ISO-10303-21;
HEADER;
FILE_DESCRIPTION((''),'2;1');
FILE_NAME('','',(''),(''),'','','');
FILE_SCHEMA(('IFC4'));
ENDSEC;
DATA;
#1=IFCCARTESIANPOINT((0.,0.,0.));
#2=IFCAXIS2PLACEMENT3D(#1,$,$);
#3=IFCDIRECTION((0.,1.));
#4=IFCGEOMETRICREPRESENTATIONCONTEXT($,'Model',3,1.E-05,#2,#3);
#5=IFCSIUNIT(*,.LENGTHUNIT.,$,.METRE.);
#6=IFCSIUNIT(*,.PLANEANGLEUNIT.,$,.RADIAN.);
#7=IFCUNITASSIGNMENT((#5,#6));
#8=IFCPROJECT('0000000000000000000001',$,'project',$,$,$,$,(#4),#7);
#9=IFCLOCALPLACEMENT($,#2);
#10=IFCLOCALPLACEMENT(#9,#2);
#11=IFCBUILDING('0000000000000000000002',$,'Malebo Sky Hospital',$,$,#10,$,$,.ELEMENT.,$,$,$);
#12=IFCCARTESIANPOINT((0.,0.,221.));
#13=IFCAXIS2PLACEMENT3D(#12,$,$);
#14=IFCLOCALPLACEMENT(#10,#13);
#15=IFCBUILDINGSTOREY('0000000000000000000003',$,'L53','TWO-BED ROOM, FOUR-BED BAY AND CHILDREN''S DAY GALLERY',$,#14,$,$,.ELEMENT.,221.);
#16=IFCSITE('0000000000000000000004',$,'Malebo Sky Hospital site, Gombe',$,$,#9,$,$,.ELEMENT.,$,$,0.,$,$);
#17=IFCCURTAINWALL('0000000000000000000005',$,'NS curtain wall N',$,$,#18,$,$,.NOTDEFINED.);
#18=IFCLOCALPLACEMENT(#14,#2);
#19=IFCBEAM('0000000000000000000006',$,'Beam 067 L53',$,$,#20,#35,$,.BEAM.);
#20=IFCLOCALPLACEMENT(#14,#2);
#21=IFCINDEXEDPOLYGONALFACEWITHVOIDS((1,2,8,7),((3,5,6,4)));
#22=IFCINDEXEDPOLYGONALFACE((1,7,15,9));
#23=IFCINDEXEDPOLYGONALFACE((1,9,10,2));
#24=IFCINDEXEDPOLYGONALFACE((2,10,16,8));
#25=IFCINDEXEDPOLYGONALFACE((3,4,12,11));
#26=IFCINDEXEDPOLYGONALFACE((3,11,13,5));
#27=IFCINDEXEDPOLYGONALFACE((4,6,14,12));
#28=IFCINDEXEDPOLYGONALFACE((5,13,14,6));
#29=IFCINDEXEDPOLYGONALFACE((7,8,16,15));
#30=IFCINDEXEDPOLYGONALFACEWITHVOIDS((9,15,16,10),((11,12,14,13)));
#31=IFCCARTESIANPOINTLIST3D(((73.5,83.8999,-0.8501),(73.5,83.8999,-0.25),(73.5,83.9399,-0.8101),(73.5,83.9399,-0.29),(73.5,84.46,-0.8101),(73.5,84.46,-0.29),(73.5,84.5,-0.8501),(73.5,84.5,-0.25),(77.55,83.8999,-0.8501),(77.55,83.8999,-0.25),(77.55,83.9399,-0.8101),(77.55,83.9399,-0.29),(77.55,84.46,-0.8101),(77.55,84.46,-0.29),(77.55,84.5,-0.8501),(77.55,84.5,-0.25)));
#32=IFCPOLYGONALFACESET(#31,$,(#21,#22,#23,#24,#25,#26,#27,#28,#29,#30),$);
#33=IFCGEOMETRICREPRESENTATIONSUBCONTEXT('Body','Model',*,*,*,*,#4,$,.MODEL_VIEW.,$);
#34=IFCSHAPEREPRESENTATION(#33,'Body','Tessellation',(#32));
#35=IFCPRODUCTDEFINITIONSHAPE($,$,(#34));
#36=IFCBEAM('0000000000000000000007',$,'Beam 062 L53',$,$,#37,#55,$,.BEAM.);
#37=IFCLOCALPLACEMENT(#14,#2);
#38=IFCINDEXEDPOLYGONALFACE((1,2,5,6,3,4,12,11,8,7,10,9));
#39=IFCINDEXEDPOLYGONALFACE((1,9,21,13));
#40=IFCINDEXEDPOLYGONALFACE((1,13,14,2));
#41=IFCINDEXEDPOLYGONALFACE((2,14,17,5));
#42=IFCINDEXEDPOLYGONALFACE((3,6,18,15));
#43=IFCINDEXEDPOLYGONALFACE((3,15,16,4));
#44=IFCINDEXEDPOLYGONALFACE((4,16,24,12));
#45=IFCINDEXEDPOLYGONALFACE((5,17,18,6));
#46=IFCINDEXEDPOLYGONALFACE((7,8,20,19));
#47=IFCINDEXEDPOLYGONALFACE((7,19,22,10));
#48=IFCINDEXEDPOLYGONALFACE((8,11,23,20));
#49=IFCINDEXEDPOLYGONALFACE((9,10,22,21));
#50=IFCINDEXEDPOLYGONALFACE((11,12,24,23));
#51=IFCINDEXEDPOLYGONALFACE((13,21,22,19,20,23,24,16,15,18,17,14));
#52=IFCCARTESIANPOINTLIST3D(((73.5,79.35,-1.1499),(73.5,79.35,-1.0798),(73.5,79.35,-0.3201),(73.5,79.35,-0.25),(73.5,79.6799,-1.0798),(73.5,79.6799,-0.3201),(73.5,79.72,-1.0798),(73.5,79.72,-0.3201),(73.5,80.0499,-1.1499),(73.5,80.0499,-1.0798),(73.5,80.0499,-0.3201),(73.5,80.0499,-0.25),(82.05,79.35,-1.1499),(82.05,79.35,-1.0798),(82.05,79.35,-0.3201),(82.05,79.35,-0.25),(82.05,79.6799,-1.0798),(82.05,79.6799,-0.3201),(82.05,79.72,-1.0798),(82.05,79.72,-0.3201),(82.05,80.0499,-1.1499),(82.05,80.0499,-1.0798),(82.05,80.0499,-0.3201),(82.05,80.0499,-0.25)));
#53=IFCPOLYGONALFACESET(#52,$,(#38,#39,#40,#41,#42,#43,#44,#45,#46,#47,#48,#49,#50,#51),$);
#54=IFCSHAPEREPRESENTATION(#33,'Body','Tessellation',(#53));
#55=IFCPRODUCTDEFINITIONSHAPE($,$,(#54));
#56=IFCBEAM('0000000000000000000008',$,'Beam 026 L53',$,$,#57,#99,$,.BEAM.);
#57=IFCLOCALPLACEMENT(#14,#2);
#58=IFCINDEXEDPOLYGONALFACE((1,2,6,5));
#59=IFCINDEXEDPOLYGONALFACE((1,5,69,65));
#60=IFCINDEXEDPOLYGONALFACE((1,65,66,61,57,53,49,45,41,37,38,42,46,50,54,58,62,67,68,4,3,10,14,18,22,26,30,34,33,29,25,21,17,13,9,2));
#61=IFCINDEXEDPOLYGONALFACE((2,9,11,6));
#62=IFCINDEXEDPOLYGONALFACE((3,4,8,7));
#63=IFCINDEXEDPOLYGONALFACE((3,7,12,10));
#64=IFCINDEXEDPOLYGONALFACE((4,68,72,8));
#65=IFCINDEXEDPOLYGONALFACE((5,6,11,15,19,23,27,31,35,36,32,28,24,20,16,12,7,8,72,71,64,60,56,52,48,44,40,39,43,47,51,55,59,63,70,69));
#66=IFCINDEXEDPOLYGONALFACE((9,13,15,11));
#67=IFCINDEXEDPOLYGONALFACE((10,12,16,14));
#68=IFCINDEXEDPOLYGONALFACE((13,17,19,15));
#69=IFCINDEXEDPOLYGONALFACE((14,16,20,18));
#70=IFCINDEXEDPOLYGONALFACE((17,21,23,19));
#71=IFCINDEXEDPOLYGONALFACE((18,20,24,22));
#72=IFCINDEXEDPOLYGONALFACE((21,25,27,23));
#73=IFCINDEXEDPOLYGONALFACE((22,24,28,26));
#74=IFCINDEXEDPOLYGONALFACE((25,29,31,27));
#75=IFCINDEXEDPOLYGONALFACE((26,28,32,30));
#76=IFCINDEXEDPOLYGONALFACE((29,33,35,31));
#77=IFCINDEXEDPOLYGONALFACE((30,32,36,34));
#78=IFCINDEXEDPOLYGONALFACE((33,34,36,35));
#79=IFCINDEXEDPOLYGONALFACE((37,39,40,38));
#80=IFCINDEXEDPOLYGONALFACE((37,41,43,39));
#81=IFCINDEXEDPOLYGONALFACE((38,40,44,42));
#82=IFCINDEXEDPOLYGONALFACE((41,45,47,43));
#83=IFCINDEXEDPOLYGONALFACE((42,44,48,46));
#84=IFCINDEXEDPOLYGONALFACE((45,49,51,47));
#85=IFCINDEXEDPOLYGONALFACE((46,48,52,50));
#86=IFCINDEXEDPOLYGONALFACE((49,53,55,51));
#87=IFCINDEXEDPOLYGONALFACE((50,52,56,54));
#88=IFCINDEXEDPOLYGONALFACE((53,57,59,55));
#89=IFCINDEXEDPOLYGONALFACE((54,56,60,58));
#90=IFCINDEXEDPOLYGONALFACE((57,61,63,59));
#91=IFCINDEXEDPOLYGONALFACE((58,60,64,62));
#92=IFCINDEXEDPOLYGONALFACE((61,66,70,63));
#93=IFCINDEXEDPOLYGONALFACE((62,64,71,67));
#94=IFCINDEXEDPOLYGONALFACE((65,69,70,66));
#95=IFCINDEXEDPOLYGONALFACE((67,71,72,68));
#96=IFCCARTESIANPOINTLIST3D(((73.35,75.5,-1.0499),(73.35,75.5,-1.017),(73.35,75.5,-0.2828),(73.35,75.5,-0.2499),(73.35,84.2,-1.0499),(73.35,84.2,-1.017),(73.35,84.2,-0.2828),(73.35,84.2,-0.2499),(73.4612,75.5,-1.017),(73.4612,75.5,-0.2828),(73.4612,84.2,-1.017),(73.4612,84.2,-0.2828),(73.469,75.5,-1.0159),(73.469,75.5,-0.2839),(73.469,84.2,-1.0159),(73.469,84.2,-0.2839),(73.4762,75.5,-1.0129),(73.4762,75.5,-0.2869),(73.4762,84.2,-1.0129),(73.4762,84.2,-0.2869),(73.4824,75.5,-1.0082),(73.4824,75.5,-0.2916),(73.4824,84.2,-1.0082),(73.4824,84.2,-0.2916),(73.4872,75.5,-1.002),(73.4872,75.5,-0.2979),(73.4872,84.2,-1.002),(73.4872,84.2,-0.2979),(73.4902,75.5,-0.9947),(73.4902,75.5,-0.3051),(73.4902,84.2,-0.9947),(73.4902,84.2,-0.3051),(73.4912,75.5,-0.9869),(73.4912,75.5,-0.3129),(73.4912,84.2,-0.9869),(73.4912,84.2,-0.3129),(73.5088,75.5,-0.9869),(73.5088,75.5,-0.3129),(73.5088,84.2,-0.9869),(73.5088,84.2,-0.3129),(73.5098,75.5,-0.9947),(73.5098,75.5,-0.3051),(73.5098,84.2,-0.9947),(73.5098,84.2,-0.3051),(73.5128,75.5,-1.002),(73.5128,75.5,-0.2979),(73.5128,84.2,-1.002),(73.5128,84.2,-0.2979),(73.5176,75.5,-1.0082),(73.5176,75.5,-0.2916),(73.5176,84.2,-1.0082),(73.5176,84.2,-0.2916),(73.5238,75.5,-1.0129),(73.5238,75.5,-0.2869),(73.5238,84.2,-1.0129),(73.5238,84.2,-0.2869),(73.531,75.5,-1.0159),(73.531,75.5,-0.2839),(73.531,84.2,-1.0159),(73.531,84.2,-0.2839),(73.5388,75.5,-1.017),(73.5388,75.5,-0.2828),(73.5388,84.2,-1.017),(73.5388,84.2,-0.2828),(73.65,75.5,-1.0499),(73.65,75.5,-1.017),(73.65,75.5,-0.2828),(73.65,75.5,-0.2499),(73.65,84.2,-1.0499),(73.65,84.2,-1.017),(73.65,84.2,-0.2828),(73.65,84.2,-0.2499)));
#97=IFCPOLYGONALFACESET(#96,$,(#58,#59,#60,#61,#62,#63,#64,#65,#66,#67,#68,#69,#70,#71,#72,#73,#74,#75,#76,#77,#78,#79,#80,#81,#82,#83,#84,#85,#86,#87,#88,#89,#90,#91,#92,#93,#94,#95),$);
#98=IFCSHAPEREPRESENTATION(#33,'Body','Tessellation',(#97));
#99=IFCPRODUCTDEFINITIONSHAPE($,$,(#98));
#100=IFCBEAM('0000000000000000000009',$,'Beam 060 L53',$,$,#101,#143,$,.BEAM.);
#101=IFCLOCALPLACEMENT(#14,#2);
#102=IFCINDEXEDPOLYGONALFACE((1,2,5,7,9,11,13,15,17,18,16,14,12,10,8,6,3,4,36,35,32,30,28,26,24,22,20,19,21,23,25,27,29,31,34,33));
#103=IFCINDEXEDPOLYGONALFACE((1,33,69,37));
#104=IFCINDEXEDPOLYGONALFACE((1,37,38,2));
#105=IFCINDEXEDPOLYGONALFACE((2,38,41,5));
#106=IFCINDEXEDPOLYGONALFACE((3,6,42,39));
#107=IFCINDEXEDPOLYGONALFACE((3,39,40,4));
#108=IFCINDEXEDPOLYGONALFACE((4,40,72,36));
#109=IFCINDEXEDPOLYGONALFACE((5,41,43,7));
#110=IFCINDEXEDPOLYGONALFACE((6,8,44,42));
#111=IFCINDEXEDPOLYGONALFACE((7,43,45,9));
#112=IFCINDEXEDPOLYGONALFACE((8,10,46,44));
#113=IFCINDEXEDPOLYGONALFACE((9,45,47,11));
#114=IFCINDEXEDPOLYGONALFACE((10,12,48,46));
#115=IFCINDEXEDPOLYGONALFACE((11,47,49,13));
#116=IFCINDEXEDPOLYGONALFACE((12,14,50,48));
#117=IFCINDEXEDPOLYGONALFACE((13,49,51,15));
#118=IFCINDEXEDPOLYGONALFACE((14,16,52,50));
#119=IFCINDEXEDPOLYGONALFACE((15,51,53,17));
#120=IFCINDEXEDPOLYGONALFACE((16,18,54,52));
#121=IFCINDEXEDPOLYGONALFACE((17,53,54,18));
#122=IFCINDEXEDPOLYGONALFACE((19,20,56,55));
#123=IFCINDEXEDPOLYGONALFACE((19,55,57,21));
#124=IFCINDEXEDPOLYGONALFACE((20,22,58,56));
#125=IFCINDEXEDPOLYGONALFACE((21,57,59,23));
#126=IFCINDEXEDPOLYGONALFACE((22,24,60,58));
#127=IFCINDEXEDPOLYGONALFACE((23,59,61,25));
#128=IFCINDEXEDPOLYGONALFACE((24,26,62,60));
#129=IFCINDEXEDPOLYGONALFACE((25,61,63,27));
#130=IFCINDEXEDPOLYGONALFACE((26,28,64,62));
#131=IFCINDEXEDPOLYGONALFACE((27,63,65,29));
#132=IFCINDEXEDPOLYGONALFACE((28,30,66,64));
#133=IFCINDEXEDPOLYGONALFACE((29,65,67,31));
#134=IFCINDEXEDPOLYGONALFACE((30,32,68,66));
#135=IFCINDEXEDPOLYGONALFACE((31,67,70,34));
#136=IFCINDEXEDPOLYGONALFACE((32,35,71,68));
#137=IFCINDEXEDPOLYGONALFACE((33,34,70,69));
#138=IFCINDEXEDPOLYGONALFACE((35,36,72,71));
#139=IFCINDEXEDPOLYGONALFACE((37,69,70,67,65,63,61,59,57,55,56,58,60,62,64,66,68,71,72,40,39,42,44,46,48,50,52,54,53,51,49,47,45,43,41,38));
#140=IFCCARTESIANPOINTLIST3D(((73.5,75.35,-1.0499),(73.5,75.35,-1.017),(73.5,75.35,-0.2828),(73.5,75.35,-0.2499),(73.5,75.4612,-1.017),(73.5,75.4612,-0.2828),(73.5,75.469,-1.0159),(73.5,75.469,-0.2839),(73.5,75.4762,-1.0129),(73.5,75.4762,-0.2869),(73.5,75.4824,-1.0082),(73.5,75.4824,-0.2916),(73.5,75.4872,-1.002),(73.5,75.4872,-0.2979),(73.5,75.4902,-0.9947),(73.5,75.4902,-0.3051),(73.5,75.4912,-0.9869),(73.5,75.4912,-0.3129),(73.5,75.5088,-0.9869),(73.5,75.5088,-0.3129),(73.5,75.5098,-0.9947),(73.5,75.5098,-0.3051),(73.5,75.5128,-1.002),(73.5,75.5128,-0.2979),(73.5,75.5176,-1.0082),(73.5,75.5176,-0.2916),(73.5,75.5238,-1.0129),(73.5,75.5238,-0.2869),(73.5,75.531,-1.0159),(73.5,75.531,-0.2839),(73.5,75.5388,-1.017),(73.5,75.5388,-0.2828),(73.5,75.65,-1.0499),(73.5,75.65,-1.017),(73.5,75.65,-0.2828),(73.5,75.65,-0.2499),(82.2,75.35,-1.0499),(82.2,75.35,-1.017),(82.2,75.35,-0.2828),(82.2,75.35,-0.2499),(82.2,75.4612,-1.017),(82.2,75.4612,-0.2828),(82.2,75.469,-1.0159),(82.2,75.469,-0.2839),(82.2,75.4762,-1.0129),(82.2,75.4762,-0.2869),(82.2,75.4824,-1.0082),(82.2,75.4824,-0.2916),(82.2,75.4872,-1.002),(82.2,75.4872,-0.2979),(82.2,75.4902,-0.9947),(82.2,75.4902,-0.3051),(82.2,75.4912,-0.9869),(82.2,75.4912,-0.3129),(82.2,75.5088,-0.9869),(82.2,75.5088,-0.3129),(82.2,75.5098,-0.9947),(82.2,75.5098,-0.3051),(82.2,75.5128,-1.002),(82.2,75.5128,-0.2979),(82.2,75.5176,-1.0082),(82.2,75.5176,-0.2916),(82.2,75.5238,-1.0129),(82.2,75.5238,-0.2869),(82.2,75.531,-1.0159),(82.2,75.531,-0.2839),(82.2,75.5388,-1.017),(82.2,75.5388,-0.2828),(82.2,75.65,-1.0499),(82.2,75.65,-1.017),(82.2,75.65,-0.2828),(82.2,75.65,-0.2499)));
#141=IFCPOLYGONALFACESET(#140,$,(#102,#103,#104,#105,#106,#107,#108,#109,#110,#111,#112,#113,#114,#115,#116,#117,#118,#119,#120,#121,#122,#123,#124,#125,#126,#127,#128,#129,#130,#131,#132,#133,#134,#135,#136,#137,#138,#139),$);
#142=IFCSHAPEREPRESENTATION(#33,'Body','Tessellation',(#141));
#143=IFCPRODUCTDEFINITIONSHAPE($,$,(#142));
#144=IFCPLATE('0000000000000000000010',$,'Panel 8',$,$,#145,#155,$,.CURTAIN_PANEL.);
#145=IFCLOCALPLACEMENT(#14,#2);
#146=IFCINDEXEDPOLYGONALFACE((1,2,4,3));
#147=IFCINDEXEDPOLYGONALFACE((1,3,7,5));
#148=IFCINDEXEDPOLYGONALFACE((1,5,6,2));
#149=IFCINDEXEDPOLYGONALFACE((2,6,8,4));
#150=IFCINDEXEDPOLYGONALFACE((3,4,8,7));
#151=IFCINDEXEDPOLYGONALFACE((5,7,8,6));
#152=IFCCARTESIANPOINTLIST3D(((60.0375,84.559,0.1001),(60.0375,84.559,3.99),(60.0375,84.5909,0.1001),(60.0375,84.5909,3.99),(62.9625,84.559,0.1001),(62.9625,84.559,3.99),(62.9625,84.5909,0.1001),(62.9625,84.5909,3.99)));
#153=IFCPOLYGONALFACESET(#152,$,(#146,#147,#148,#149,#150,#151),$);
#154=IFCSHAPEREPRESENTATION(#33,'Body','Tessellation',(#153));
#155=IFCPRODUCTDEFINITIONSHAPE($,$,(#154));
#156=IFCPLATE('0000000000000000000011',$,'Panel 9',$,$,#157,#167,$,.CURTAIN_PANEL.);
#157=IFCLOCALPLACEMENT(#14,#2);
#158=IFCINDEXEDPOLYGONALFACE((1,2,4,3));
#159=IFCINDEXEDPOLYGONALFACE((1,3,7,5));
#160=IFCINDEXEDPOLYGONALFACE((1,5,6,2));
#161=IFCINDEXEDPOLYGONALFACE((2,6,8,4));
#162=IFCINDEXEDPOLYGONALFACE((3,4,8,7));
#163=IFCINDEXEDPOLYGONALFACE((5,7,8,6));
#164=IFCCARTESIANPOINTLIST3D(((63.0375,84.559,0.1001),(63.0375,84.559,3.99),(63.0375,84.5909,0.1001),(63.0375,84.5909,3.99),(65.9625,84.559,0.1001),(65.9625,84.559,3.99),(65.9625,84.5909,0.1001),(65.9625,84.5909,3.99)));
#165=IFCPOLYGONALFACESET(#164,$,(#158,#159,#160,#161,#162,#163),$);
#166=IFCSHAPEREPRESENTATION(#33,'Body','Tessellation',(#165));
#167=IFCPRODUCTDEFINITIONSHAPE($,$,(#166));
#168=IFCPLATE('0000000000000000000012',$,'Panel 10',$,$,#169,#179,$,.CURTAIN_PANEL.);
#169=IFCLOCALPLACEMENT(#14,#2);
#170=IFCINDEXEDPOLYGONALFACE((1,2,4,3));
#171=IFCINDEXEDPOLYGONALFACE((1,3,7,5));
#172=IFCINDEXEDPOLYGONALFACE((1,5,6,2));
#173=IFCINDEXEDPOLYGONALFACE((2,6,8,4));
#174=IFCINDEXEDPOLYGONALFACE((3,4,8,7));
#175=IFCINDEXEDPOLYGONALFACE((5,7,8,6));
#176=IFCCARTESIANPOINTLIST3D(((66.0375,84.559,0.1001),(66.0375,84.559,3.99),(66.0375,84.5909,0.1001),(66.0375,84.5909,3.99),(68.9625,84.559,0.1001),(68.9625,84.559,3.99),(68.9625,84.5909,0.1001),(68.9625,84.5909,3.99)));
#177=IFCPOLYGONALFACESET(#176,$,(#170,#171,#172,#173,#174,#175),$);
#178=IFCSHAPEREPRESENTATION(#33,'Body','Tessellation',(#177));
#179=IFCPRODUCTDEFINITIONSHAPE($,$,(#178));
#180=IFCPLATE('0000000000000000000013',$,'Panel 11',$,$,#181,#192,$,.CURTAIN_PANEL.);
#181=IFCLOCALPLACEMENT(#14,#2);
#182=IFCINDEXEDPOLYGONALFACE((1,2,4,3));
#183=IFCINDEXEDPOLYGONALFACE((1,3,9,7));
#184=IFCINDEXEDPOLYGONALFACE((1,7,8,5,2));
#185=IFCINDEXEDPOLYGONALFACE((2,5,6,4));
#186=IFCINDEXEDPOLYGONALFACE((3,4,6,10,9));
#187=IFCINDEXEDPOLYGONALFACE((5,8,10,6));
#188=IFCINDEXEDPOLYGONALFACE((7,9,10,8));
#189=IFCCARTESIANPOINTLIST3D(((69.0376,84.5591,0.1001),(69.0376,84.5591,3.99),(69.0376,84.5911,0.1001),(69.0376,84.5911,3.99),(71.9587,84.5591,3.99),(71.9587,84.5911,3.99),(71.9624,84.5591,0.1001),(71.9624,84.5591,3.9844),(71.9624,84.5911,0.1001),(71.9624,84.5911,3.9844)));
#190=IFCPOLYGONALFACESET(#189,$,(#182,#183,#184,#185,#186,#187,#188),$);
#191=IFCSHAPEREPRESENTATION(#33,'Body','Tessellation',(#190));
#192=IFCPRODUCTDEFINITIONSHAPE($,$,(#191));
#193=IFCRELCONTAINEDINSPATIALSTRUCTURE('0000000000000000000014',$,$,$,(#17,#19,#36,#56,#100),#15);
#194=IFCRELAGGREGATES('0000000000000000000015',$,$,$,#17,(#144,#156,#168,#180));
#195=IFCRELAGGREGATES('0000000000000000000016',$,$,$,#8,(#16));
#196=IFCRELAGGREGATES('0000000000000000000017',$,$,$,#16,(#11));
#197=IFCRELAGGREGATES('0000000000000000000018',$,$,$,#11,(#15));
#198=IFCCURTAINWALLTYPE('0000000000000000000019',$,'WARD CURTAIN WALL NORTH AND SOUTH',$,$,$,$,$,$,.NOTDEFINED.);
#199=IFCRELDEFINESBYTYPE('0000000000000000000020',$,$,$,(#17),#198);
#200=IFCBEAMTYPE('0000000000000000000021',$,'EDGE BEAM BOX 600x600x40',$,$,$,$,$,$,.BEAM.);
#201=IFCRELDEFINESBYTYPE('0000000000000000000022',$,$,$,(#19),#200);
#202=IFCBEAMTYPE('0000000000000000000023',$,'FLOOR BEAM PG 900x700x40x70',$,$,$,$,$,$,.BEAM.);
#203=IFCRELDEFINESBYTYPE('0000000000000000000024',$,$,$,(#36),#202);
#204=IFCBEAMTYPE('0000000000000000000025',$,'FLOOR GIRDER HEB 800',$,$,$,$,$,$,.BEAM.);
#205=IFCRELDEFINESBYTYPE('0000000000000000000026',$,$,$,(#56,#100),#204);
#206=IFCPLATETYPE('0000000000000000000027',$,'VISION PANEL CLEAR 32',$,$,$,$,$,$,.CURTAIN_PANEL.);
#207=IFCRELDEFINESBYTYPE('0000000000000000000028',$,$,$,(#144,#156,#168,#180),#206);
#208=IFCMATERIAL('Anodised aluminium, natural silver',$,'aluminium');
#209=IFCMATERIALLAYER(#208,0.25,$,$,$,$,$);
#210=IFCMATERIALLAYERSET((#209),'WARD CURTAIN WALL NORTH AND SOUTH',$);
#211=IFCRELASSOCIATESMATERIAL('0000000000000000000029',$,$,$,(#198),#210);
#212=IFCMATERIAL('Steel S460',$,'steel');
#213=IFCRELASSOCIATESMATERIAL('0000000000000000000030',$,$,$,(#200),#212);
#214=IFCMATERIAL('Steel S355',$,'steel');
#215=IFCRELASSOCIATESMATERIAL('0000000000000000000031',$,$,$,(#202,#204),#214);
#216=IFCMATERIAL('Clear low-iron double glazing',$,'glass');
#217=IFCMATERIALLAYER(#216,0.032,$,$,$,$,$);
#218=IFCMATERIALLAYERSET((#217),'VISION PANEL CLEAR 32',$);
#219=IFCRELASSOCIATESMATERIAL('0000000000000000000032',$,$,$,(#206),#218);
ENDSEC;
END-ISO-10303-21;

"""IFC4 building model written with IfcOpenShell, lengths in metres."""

from ifc_helpers import new_model, si_unit, direction, frame, origin, origin_2d, place, context, subcontext, project, spatial, polyline, rectangle, hollow_rectangle, i_section, outline, extrude, material, layer, layer_set, material_profile, profile_set, type_object, element, aggregate, save


model = new_model("IFC4")

# Units and contexts
model_context = context("Model", 3, precision=1e-05, world=origin(), true_north=direction((0.0, 1.0)))
body_context = subcontext(model_context, "Body", "Model", "MODEL_VIEW")
ifc_project = project(units=[si_unit("LENGTHUNIT", "METRE"), si_unit("PLANEANGLEUNIT", "RADIAN")], contexts=[model_context])

# Site, building, storey
site_placement = place(None, origin())
site = spatial("IfcSite", under=ifc_project, at=site_placement, Name="Malebo Sky Hospital site, Gombe", CompositionType="ELEMENT", RefElevation=0.0)
building_placement = place(site_placement, origin())
building = spatial("IfcBuilding", under=site, at=building_placement, Name="Malebo Sky Hospital", CompositionType="ELEMENT")
storey_placement = place(building_placement, frame((0.0, 0.0, 221.0)))
storey = spatial("IfcBuildingStorey", under=building, at=storey_placement, Name="L53", Description="TWO-BED ROOM, FOUR-BED BAY AND CHILDREN'S DAY GALLERY", CompositionType="ELEMENT", Elevation=221.0)

# Shared definitions
ifc_material_1 = material(Name="Steel S460", Category="steel")

# Curtain wall
ifc_material_2 = material(Name="Anodised aluminium, natural silver", Category="aluminium")
ifc_layer_1 = layer(ifc_material_2, 0.25)
ifc_layer_set_1 = layer_set([ifc_layer_1], Name="WARD CURTAIN WALL NORTH AND SOUTH")
curtain_wall_type = type_object("IfcCurtainWallType", Name="WARD CURTAIN WALL NORTH AND SOUTH", PredefinedType="NOTDEFINED", material=ifc_layer_set_1)
curtain_wall_placement = place(storey_placement, origin())
curtain_wall = element("IfcCurtainWall", 1, at=curtain_wall_placement, inside=storey, type_object=curtain_wall_type, Name="NS curtain wall N", PredefinedType="NOTDEFINED")

# Beams
ifc_material_profile_1 = material_profile(ifc_material_1, hollow_rectangle(XDim=0.6001, YDim=0.6001, WallThickness=0.04, at=origin_2d()), Name="BOX 600x600x40")
ifc_profile_set_1 = profile_set([ifc_material_profile_1], Name="Steel S460")
beam_type_1 = type_object("IfcBeamType", Name="EDGE BEAM BOX 600x600x40", PredefinedType="BEAM", material=ifc_profile_set_1)
beam_1_placement = place(storey_placement, frame((73.5, 84.2, -0.55), z_axis=(1.0, 0.0, 0.0), x_axis=(0.0, 1.0, 0.0)))
element("IfcBeam", 2, at=beam_1_placement, inside=storey, type_object=beam_type_1, Name="Beam 067 L53", PredefinedType="BEAM", context=body_context, shape_type="SweptSolid", body=[
    extrude(hollow_rectangle(XDim=0.6001, YDim=0.6001, WallThickness=0.04, at=origin_2d()), origin(), (0.0, 0.0, 1.0), 4.05),
])
ifc_material_3 = material(Name="Steel S355", Category="steel")
ifc_material_profile_2 = material_profile(ifc_material_3, i_section(OverallWidth=0.7, OverallDepth=0.8999, WebThickness=0.04, FlangeThickness=0.0701, at=origin_2d()), Name="PG 900x700x40x70")
ifc_profile_set_2 = profile_set([ifc_material_profile_2], Name="Steel S355")
beam_type_2 = type_object("IfcBeamType", Name="FLOOR BEAM PG 900x700x40x70", PredefinedType="BEAM", material=ifc_profile_set_2)
beam_2_placement = place(storey_placement, frame((73.5, 79.7, -0.7), z_axis=(1.0, 0.0, 0.0), x_axis=(0.0, 1.0, 0.0)))
element("IfcBeam", 3, at=beam_2_placement, inside=storey, type_object=beam_type_2, Name="Beam 062 L53", PredefinedType="BEAM", context=body_context, shape_type="SweptSolid", body=[
    extrude(i_section(OverallWidth=0.7, OverallDepth=0.8999, WebThickness=0.04, FlangeThickness=0.0701, at=origin_2d()), origin(), (0.0, 0.0, 1.0), 8.55),
])
ifc_material_profile_3 = material_profile(ifc_material_3, i_section(OverallWidth=0.3, OverallDepth=0.8, WebThickness=0.0176, FlangeThickness=0.033, FilletRadius=0.03, at=origin_2d()), Name="HEB 800")
ifc_profile_set_3 = profile_set([ifc_material_profile_3], Name="Steel S355")
beam_type_3 = type_object("IfcBeamType", Name="FLOOR GIRDER HEB 800", PredefinedType="BEAM", material=ifc_profile_set_3)
for number, where, z_axis, x_axis, name in (
    (4, (73.5, 75.5, -0.6499), (0.0, 1.0, 0.0), (-1.0, 0.0, 0.0), "Beam 026 L53"),
    (5, (73.5, 75.5, -0.6499), (1.0, 0.0, 0.0), (0.0, 1.0, 0.0), "Beam 060 L53"),
):
    element("IfcBeam", number, at=place(storey_placement, frame(where, z_axis=z_axis, x_axis=x_axis)), inside=storey, type_object=beam_type_3, Name=name, PredefinedType="BEAM", context=body_context, shape_type="SweptSolid", body=[
        extrude(i_section(OverallWidth=0.3, OverallDepth=0.8, WebThickness=0.0176, FlangeThickness=0.033, FilletRadius=0.03, at=origin_2d()), origin(), (0.0, 0.0, 1.0), 8.7),
    ])

# Plates
ifc_material_4 = material(Name="Clear low-iron double glazing", Category="glass")
ifc_layer_2 = layer(ifc_material_4, 0.032)
ifc_layer_set_2 = layer_set([ifc_layer_2], Name="VISION PANEL CLEAR 32")
plate_type = type_object("IfcPlateType", Name="VISION PANEL CLEAR 32", PredefinedType="CURTAIN_PANEL", material=ifc_layer_set_2)
plate_1_placement = place(storey_placement, frame((61.5, 84.575, 0.1001), z_axis=(0.0, 0.0, 1.0), x_axis=(1.0, 0.0, 0.0)))
plate_1 = element("IfcPlate", 6, at=plate_1_placement, type_object=plate_type, Name="Panel 8", PredefinedType="CURTAIN_PANEL", context=body_context, shape_type="SweptSolid", body=[
    extrude(rectangle(XDim=2.925, YDim=0.032, at=origin_2d()), origin(), (0.0, 0.0, 1.0), 3.8899),
])
plate_2_placement = place(storey_placement, frame((64.5, 84.575, 0.1001), z_axis=(0.0, 0.0, 1.0), x_axis=(1.0, 0.0, 0.0)))
plate_2 = element("IfcPlate", 7, at=plate_2_placement, type_object=plate_type, Name="Panel 9", PredefinedType="CURTAIN_PANEL", context=body_context, shape_type="SweptSolid", body=[
    extrude(rectangle(XDim=2.925, YDim=0.032, at=origin_2d()), origin(), (0.0, 0.0, 1.0), 3.8899),
])
plate_3_placement = place(storey_placement, frame((67.5, 84.575, 0.1001), z_axis=(0.0, 0.0, 1.0), x_axis=(1.0, 0.0, 0.0)))
plate_3 = element("IfcPlate", 8, at=plate_3_placement, type_object=plate_type, Name="Panel 10", PredefinedType="CURTAIN_PANEL", context=body_context, shape_type="SweptSolid", body=[
    extrude(rectangle(XDim=2.925, YDim=0.032, at=origin_2d()), origin(), (0.0, 0.0, 1.0), 3.8899),
])
plate_4_placement = place(storey_placement, frame((70.5, 84.575, 0.1001), z_axis=(0.0, 0.0, 1.0), x_axis=(1.0, 0.0, 0.0)))
plate_4 = element("IfcPlate", 9, at=plate_4_placement, type_object=plate_type, Name="Panel 11", PredefinedType="CURTAIN_PANEL", context=body_context, shape_type="SweptSolid", body=[
    extrude(outline(polyline([(-1.4624, 0.0), (1.4624, 0.0), (1.4624, 3.8843), (1.4587, 3.8899), (-1.4624, 3.8899), (-1.4624, 0.0)])), frame((0.0, 0.0161, 0.0), z_axis=(0.0, -1.0, 0.0), x_axis=(1.0, 0.0, 0.0)), (0.0, 0.0, 1.0), 0.032),
])
aggregate(curtain_wall, [plate_1, plate_2, plate_3, plate_4])

save(model, "model.ifc")
